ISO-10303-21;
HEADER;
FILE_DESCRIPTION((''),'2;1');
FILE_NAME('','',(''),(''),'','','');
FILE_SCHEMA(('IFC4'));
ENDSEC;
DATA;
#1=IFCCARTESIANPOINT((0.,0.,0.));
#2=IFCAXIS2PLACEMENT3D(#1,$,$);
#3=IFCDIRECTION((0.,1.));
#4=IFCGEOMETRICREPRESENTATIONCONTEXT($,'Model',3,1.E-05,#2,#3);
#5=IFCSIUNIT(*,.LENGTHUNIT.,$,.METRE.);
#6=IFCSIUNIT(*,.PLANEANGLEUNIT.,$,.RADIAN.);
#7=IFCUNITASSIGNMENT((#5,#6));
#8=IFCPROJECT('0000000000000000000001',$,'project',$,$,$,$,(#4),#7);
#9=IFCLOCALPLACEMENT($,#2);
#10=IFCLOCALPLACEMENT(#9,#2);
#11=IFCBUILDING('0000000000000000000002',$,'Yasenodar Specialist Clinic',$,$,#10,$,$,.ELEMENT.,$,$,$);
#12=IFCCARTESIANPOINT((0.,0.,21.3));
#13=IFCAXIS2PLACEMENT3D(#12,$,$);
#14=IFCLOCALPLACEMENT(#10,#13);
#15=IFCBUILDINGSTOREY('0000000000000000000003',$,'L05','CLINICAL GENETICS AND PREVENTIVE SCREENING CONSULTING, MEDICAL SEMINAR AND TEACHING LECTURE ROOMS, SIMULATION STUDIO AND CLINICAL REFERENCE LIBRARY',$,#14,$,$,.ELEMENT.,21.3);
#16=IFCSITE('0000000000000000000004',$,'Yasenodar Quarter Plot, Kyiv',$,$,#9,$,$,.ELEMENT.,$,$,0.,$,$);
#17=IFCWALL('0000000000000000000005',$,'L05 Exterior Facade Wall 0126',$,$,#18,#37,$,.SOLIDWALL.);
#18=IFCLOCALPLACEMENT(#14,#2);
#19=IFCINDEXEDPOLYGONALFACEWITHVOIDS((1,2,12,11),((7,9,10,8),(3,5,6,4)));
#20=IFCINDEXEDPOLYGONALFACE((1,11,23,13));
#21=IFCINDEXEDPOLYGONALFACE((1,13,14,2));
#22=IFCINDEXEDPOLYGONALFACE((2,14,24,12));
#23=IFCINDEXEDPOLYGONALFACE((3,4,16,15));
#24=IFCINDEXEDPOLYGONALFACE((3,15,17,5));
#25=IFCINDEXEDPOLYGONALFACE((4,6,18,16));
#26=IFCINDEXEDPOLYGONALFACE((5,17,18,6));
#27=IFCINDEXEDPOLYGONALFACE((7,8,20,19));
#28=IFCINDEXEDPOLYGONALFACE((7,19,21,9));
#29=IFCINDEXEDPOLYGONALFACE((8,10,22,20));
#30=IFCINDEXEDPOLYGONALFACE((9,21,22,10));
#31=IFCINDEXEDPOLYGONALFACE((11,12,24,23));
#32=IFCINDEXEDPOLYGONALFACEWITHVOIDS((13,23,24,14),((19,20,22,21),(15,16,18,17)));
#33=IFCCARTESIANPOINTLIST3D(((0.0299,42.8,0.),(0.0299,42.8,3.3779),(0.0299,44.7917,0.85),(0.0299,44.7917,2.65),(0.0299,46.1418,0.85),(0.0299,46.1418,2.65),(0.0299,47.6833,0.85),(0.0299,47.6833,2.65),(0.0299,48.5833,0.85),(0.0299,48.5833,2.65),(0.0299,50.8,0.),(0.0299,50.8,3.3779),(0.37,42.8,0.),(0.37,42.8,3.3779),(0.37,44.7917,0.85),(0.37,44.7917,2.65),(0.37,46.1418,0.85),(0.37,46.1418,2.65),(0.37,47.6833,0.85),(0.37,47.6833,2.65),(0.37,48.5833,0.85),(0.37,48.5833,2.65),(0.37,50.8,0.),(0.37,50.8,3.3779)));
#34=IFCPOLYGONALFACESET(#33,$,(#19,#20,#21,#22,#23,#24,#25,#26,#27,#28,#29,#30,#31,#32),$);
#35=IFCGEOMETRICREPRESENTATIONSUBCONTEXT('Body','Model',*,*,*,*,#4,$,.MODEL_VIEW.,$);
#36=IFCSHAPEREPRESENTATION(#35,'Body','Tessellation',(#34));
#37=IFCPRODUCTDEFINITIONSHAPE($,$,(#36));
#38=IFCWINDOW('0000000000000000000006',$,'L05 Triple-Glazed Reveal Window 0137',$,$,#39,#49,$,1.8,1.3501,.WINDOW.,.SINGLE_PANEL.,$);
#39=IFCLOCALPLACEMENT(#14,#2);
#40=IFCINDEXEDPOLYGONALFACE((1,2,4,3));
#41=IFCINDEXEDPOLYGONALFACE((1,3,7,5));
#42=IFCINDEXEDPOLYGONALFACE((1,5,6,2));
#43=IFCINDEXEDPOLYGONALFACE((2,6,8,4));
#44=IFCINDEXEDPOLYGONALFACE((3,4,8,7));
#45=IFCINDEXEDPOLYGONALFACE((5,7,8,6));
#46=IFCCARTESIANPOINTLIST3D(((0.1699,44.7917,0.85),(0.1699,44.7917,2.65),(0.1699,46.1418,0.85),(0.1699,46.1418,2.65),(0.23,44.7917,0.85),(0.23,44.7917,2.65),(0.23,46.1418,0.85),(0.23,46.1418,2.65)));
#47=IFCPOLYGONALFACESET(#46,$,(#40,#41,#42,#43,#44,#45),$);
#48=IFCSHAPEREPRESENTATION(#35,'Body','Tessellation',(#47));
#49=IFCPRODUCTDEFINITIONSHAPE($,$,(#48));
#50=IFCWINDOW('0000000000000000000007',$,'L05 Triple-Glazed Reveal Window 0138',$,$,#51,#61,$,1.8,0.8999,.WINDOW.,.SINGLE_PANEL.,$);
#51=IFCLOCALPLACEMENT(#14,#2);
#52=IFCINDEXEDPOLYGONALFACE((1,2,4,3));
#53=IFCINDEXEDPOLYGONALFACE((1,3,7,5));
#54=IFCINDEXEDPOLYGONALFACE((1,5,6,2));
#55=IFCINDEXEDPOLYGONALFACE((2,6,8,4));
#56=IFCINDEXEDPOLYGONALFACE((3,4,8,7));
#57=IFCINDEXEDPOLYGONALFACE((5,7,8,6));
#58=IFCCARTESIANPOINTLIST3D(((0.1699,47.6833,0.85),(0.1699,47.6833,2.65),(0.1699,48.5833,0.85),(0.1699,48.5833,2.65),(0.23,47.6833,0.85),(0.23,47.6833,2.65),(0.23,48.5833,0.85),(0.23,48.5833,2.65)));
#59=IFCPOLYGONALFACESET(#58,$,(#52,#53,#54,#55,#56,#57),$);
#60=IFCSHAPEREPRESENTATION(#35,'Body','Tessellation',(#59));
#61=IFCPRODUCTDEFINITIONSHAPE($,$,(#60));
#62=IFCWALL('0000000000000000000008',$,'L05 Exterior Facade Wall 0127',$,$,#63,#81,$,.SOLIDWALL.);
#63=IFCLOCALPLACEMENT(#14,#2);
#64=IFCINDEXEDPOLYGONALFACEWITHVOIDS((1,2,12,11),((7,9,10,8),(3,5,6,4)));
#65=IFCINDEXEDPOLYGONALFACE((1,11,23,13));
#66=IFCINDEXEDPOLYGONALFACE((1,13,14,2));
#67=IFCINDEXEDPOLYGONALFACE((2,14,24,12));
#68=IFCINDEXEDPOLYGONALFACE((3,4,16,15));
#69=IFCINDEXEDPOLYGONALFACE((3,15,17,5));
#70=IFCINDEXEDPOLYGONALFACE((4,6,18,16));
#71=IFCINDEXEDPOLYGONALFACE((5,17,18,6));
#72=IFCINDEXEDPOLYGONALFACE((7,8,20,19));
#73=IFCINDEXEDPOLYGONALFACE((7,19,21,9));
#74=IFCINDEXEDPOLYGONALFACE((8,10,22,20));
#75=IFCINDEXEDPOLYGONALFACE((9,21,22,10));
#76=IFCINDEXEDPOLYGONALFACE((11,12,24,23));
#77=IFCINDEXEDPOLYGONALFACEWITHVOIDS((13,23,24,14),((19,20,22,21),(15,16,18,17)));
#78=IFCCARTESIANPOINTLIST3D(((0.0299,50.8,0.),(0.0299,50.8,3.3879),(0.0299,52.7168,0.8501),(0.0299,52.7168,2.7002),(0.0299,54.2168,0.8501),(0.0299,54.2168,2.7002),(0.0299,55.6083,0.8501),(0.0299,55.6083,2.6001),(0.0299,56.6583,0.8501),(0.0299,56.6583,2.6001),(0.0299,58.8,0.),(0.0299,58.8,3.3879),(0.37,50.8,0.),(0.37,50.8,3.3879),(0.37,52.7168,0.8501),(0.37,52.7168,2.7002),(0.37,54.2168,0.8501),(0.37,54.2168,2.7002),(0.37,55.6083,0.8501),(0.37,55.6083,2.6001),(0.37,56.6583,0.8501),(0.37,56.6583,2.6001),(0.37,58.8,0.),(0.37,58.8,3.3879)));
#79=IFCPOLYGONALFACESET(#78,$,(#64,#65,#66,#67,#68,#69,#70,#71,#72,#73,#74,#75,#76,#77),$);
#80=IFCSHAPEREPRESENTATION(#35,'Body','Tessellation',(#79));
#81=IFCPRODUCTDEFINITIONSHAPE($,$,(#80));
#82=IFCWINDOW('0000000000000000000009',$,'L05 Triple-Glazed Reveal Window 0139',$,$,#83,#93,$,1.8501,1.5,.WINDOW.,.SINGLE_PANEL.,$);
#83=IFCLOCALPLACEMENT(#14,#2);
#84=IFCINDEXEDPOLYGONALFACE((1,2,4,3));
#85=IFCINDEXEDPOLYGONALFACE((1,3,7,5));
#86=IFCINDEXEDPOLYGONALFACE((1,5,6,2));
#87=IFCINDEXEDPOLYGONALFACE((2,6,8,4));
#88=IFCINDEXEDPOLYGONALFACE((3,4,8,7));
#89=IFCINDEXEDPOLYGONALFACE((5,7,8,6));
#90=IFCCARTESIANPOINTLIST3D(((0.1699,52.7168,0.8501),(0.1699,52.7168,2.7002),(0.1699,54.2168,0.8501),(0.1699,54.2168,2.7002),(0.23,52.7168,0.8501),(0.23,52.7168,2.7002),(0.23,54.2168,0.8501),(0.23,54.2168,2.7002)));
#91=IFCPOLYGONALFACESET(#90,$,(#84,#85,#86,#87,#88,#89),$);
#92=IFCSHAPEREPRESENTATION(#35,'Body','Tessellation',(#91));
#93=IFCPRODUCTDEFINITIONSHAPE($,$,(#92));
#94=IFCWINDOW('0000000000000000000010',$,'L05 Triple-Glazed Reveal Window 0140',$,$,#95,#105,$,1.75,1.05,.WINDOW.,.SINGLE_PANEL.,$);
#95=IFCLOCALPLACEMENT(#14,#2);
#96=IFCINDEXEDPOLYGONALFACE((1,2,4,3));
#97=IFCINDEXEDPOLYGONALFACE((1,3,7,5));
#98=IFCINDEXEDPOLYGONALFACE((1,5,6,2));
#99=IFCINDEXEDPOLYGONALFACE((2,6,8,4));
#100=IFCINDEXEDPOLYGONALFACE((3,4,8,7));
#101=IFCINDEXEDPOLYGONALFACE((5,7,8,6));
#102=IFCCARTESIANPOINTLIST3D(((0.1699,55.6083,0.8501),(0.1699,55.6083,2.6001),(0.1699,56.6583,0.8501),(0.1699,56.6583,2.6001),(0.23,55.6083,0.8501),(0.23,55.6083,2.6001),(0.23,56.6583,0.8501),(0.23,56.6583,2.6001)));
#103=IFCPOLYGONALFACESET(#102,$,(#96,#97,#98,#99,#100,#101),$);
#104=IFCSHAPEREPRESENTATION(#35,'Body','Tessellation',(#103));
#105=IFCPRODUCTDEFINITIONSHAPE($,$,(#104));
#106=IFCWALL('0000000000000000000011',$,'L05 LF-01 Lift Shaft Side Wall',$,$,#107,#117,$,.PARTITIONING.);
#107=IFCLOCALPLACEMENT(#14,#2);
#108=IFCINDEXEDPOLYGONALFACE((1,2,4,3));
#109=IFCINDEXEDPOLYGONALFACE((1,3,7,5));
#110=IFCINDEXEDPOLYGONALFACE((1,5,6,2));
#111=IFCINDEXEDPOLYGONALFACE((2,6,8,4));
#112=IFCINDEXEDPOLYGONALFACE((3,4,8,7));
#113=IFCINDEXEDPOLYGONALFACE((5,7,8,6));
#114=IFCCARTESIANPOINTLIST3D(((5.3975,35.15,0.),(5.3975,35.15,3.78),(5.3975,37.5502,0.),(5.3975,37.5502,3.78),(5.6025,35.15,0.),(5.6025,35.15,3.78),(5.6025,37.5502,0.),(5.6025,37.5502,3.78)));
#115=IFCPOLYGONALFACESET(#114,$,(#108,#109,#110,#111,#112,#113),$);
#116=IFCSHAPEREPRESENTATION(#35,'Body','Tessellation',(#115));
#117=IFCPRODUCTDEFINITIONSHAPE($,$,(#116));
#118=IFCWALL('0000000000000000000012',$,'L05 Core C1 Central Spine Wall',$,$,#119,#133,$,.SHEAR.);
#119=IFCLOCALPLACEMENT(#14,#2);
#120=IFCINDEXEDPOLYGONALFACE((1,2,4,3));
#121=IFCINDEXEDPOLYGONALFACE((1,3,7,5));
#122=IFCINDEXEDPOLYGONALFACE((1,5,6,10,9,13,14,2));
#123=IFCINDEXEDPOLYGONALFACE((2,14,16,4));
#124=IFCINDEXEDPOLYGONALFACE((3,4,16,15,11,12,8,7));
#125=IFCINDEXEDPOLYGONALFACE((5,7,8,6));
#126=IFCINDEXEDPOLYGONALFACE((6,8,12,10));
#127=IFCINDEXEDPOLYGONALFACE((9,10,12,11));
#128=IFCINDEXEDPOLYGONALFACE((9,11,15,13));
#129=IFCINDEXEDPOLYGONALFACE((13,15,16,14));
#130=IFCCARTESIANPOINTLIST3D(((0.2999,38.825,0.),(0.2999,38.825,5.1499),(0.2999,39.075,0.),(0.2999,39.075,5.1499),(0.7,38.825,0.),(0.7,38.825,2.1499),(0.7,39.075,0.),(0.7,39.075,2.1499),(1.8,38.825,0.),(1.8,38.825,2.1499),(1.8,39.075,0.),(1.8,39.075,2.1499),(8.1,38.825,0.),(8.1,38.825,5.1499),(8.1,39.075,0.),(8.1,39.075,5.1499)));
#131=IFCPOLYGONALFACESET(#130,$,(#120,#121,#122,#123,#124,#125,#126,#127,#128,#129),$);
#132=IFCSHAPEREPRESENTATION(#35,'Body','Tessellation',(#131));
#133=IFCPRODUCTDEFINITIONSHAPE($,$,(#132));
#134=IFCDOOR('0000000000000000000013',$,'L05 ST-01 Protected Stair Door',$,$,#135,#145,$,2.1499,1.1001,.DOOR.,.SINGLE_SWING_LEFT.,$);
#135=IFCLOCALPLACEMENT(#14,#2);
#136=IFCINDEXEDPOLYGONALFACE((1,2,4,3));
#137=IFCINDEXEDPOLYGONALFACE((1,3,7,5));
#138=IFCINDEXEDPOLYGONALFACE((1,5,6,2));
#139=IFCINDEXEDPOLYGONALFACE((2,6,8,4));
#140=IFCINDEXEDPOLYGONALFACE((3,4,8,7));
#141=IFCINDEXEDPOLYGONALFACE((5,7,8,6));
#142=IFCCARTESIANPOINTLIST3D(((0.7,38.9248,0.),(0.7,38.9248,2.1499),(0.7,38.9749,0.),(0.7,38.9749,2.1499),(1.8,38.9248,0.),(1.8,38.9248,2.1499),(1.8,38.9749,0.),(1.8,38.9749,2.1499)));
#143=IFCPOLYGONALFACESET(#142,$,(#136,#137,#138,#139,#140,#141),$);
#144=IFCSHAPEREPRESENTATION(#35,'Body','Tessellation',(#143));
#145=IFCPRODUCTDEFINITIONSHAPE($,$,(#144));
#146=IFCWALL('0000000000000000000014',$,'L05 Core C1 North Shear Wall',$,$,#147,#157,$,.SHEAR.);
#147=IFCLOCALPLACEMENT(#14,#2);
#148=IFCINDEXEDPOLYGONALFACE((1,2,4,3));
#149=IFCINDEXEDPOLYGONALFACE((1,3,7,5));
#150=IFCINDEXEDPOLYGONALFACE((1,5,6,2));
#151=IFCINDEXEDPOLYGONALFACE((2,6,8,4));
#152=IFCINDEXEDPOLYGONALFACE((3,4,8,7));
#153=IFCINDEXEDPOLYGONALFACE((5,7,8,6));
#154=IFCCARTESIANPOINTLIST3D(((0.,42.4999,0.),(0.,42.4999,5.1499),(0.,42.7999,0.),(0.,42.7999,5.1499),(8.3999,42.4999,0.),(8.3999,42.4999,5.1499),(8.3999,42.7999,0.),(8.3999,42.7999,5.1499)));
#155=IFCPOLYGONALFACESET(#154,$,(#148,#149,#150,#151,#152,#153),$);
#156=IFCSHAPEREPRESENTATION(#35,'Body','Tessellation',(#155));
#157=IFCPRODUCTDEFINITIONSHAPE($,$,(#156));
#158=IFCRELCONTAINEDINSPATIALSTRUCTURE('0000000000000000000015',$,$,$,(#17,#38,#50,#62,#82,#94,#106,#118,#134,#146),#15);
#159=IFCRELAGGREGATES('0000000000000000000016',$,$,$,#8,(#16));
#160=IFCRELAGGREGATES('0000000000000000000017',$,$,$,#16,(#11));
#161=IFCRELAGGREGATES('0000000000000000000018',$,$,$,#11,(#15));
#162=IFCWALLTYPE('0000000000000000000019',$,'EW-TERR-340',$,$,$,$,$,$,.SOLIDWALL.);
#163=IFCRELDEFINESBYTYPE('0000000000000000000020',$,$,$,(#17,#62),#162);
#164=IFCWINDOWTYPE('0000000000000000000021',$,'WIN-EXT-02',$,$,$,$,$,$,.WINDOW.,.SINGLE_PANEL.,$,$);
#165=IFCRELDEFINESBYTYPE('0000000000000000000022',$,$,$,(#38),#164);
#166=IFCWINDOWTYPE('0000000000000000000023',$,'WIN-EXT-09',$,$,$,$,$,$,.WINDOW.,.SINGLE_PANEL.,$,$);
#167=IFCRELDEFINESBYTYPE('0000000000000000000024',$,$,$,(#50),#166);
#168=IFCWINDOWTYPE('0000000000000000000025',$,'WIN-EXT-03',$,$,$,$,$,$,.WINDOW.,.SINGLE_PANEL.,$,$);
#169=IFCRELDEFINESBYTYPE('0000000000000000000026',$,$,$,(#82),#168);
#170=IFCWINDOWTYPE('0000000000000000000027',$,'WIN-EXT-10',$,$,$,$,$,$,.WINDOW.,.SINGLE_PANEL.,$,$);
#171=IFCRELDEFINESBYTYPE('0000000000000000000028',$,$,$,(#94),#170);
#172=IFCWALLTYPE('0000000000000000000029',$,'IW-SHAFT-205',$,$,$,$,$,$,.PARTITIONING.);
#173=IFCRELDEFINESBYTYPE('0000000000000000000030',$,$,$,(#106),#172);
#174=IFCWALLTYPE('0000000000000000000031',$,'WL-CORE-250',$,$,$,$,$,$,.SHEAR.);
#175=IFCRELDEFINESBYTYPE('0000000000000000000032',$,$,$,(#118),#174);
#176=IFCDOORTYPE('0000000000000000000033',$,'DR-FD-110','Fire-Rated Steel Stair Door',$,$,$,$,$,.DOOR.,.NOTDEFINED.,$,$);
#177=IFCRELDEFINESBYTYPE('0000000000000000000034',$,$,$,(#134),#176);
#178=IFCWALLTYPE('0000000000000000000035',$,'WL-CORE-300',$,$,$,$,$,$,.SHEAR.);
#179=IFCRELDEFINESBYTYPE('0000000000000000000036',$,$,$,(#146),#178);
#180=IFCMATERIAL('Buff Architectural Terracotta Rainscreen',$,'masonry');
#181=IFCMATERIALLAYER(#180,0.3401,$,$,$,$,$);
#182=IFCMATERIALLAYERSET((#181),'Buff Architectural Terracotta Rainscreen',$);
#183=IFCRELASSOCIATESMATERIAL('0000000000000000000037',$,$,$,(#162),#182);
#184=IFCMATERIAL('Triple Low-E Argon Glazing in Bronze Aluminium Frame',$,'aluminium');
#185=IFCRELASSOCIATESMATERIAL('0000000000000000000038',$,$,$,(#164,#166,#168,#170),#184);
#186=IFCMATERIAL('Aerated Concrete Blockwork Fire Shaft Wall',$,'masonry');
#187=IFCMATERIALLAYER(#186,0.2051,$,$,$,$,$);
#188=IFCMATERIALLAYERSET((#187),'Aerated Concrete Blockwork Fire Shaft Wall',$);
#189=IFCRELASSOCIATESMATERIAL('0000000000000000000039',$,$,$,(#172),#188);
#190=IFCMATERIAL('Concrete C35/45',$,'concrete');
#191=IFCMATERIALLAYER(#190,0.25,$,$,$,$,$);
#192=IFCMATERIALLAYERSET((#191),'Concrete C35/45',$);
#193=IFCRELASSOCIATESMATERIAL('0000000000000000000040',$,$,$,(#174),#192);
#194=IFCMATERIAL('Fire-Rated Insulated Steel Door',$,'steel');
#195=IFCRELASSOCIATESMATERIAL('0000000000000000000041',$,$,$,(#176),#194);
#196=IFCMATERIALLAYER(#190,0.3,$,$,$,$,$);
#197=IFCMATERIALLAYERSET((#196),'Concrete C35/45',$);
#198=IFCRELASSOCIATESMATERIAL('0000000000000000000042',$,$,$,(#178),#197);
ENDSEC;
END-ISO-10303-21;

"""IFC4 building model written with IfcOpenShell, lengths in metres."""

from ifc_helpers import new_model, si_unit, direction, frame, frame_2d, origin, place, context, subcontext, project, spatial, rectangle, extrude, material, layer, layer_set, type_object, element, fill, save


model = new_model("IFC4")

# Units and contexts
model_context = context("Model", 3, precision=1e-05, world=origin(), true_north=direction((0.0, 1.0)))
body_context = subcontext(model_context, "Body", "Model", "MODEL_VIEW")
ifc_project = project(units=[si_unit("LENGTHUNIT", "METRE"), si_unit("PLANEANGLEUNIT", "RADIAN")], contexts=[model_context])

# Site, building, storey
site_placement = place(None, origin())
site = spatial("IfcSite", under=ifc_project, at=site_placement, Name="Yasenodar Quarter Plot, Kyiv", CompositionType="ELEMENT", RefElevation=0.0)
building_placement = place(site_placement, origin())
building = spatial("IfcBuilding", under=site, at=building_placement, Name="Yasenodar Specialist Clinic", CompositionType="ELEMENT")
storey_placement = place(building_placement, frame((0.0, 0.0, 21.3)))
storey = spatial("IfcBuildingStorey", under=building, at=storey_placement, Name="L05", Description="CLINICAL GENETICS AND PREVENTIVE SCREENING CONSULTING, MEDICAL SEMINAR AND TEACHING LECTURE ROOMS, SIMULATION STUDIO AND CLINICAL REFERENCE LIBRARY", CompositionType="ELEMENT", Elevation=21.3)

# Walls, openings, windows
ifc_material_1 = material(Name="Buff Architectural Terracotta Rainscreen", Category="masonry")
ifc_layer_1 = layer(ifc_material_1, 0.3401)
ifc_layer_set_1 = layer_set([ifc_layer_1], Name="Buff Architectural Terracotta Rainscreen")
wall_type_1 = type_object("IfcWallType", Name="EW-TERR-340", PredefinedType="SOLIDWALL", material=ifc_layer_set_1)
wall_1_placement = place(storey_placement, frame((0.2, 42.8, 0.0), z_axis=(0.0, 0.0, 1.0), x_axis=(0.0, 1.0, 0.0)))
wall_1 = element("IfcWall", 1, at=wall_1_placement, inside=storey, type_object=wall_type_1, Name="L05 Exterior Facade Wall 0126", PredefinedType="SOLIDWALL", context=body_context, shape_type="SweptSolid", body=[
    extrude(rectangle(XDim=8.0, YDim=0.3401, at=frame_2d((4.0, 0.0))), origin(), (0.0, 0.0, 1.0), 3.3779),
])
opening_1_placement = place(wall_1_placement, frame((1.9917, 0.0, 0.8501)))
opening_1 = element("IfcOpeningElement", 2, at=opening_1_placement, cuts=wall_1, PredefinedType="OPENING", context=body_context, shape_type="SweptSolid", body=[
    extrude(rectangle(XDim=1.3501, YDim=1.8, at=frame_2d((0.675, 0.8999))), frame((0.0, 0.1802, 0.0), z_axis=(0.0, -1.0, 0.0), x_axis=(1.0, 0.0, 0.0)), (0.0, 0.0, 1.0), 0.3601),
])
opening_2_placement = place(wall_1_placement, frame((4.8833, 0.0, 0.8501)))
opening_2 = element("IfcOpeningElement", 3, at=opening_2_placement, cuts=wall_1, PredefinedType="OPENING", context=body_context, shape_type="SweptSolid", body=[
    extrude(rectangle(XDim=0.8999, YDim=1.8, at=frame_2d((0.45, 0.8999))), frame((0.0, 0.1802, 0.0), z_axis=(0.0, -1.0, 0.0), x_axis=(1.0, 0.0, 0.0)), (0.0, 0.0, 1.0), 0.3601),
])
ifc_material_2 = material(Name="Triple Low-E Argon Glazing in Bronze Aluminium Frame", Category="aluminium")
window_type_1 = type_object("IfcWindowType", Name="WIN-EXT-02", PartitioningType="SINGLE_PANEL", PredefinedType="WINDOW", material=ifc_material_2)
window_1_placement = place(opening_1_placement, origin())
window_1 = element("IfcWindow", 4, at=window_1_placement, inside=storey, type_object=window_type_1, Name="L05 Triple-Glazed Reveal Window 0137", OverallHeight=1.8, OverallWidth=1.3501, PartitioningType="SINGLE_PANEL", PredefinedType="WINDOW", context=body_context, shape_type="SweptSolid", body=[
    extrude(rectangle(XDim=1.3501, YDim=1.8, at=frame_2d((0.675, 0.8999))), frame((0.0, 0.03, 0.0), z_axis=(0.0, -1.0, 0.0), x_axis=(1.0, 0.0, 0.0)), (0.0, 0.0, 1.0), 0.0601),
])
fill(opening_1, window_1)
window_type_2 = type_object("IfcWindowType", Name="WIN-EXT-09", PartitioningType="SINGLE_PANEL", PredefinedType="WINDOW", material=ifc_material_2)
window_2_placement = place(opening_2_placement, origin())
window_2 = element("IfcWindow", 5, at=window_2_placement, inside=storey, type_object=window_type_2, Name="L05 Triple-Glazed Reveal Window 0138", OverallHeight=1.8, OverallWidth=0.8999, PartitioningType="SINGLE_PANEL", PredefinedType="WINDOW", context=body_context, shape_type="SweptSolid", body=[
    extrude(rectangle(XDim=0.8999, YDim=1.8, at=frame_2d((0.45, 0.8999))), frame((0.0, 0.03, 0.0), z_axis=(0.0, -1.0, 0.0), x_axis=(1.0, 0.0, 0.0)), (0.0, 0.0, 1.0), 0.0601),
])
fill(opening_2, window_2)
wall_2_placement = place(storey_placement, frame((0.2, 50.8, 0.0), z_axis=(0.0, 0.0, 1.0), x_axis=(0.0, 1.0, 0.0)))
wall_2 = element("IfcWall", 6, at=wall_2_placement, inside=storey, type_object=wall_type_1, Name="L05 Exterior Facade Wall 0127", PredefinedType="SOLIDWALL", context=body_context, shape_type="SweptSolid", body=[
    extrude(rectangle(XDim=8.0, YDim=0.3401, at=frame_2d((4.0, 0.0))), origin(), (0.0, 0.0, 1.0), 3.3879),
])
opening_3_placement = place(wall_2_placement, frame((1.9167, 0.0, 0.8501)))
opening_3 = element("IfcOpeningElement", 7, at=opening_3_placement, cuts=wall_2, PredefinedType="OPENING", context=body_context, shape_type="SweptSolid", body=[
    extrude(rectangle(XDim=1.5, YDim=1.8501, at=frame_2d((0.75, 0.925))), frame((0.0, 0.1802, 0.0), z_axis=(0.0, -1.0, 0.0), x_axis=(1.0, 0.0, 0.0)), (0.0, 0.0, 1.0), 0.3601),
])
opening_4_placement = place(wall_2_placement, frame((4.8083, 0.0, 0.8501)))
opening_4 = element("IfcOpeningElement", 8, at=opening_4_placement, cuts=wall_2, PredefinedType="OPENING", context=body_context, shape_type="SweptSolid", body=[
    extrude(rectangle(XDim=1.05, YDim=1.75, at=frame_2d((0.5249, 0.875))), frame((0.0, 0.1802, 0.0), z_axis=(0.0, -1.0, 0.0), x_axis=(1.0, 0.0, 0.0)), (0.0, 0.0, 1.0), 0.3601),
])
window_type_3 = type_object("IfcWindowType", Name="WIN-EXT-03", PartitioningType="SINGLE_PANEL", PredefinedType="WINDOW", material=ifc_material_2)
window_3_placement = place(opening_3_placement, origin())
window_3 = element("IfcWindow", 9, at=window_3_placement, inside=storey, type_object=window_type_3, Name="L05 Triple-Glazed Reveal Window 0139", OverallHeight=1.8501, OverallWidth=1.5, PartitioningType="SINGLE_PANEL", PredefinedType="WINDOW", context=body_context, shape_type="SweptSolid", body=[
    extrude(rectangle(XDim=1.5, YDim=1.8501, at=frame_2d((0.75, 0.925))), frame((0.0, 0.03, 0.0), z_axis=(0.0, -1.0, 0.0), x_axis=(1.0, 0.0, 0.0)), (0.0, 0.0, 1.0), 0.0601),
])
fill(opening_3, window_3)
window_type_4 = type_object("IfcWindowType", Name="WIN-EXT-10", PartitioningType="SINGLE_PANEL", PredefinedType="WINDOW", material=ifc_material_2)
window_4_placement = place(opening_4_placement, origin())
window_4 = element("IfcWindow", 10, at=window_4_placement, inside=storey, type_object=window_type_4, Name="L05 Triple-Glazed Reveal Window 0140", OverallHeight=1.75, OverallWidth=1.05, PartitioningType="SINGLE_PANEL", PredefinedType="WINDOW", context=body_context, shape_type="SweptSolid", body=[
    extrude(rectangle(XDim=1.05, YDim=1.75, at=frame_2d((0.5249, 0.875))), frame((0.0, 0.03, 0.0), z_axis=(0.0, -1.0, 0.0), x_axis=(1.0, 0.0, 0.0)), (0.0, 0.0, 1.0), 0.0601),
])
fill(opening_4, window_4)

# Shared definitions
ifc_material_3 = material(Name="Fire-Rated Insulated Steel Door", Category="steel")

# Wall
ifc_material_4 = material(Name="Aerated Concrete Blockwork Fire Shaft Wall", Category="masonry")
ifc_layer_2 = layer(ifc_material_4, 0.2051)
ifc_layer_set_2 = layer_set([ifc_layer_2], Name="Aerated Concrete Blockwork Fire Shaft Wall")
wall_type_2 = type_object("IfcWallType", Name="IW-SHAFT-205", PredefinedType="PARTITIONING", material=ifc_layer_set_2)
wall_3_placement = place(storey_placement, frame((5.5, 35.1499, 0.0), z_axis=(0.0, 0.0, 1.0), x_axis=(0.0, 1.0, 0.0)))
element("IfcWall", 11, at=wall_3_placement, inside=storey, type_object=wall_type_2, Name="L05 LF-01 Lift Shaft Side Wall", PredefinedType="PARTITIONING", context=body_context, shape_type="SweptSolid", body=[
    extrude(rectangle(XDim=2.4001, YDim=0.2051, at=frame_2d((1.2002, 0.0))), origin(), (0.0, 0.0, 1.0), 3.78),
])

# Wall, opening, door
ifc_material_5 = material(Name="Concrete C35/45", Category="concrete")
ifc_layer_3 = layer(ifc_material_5, 0.25)
ifc_layer_set_3 = layer_set([ifc_layer_3], Name="Concrete C35/45")
wall_type_3 = type_object("IfcWallType", Name="WL-CORE-250", PredefinedType="SHEAR", material=ifc_layer_set_3)
wall_4_placement = place(storey_placement, frame((0.3, 38.95, 0.0), z_axis=(0.0, 0.0, 1.0), x_axis=(1.0, 0.0, 0.0)))
wall_4 = element("IfcWall", 12, at=wall_4_placement, inside=storey, type_object=wall_type_3, Name="L05 Core C1 Central Spine Wall", PredefinedType="SHEAR", context=body_context, shape_type="SweptSolid", body=[
    extrude(rectangle(XDim=7.8, YDim=0.25, at=frame_2d((3.8999, 0.0))), origin(), (0.0, 0.0, 1.0), 5.1499),
])
opening_5_placement = place(wall_4_placement, frame((0.3999, 0.0, 0.0)))
opening_5 = element("IfcOpeningElement", 13, at=opening_5_placement, cuts=wall_4, PredefinedType="OPENING", context=body_context, shape_type="SweptSolid", body=[
    extrude(rectangle(XDim=1.1001, YDim=2.1499, at=frame_2d((0.55, 1.075))), frame((0.0, 0.135, 0.0), z_axis=(0.0, -1.0, 0.0), x_axis=(1.0, 0.0, 0.0)), (0.0, 0.0, 1.0), 0.27),
])
door_type_1 = type_object("IfcDoorType", Name="DR-FD-110", Description="Fire-Rated Steel Stair Door", OperationType="NOTDEFINED", PredefinedType="DOOR", material=ifc_material_3)
door_1_placement = place(opening_5_placement, origin())
door_1 = element("IfcDoor", 14, at=door_1_placement, inside=storey, type_object=door_type_1, Name="L05 ST-01 Protected Stair Door", OperationType="SINGLE_SWING_LEFT", OverallHeight=2.1499, OverallWidth=1.1001, PredefinedType="DOOR", context=body_context, shape_type="SweptSolid", body=[
    extrude(rectangle(XDim=1.1001, YDim=2.1499, at=frame_2d((0.55, 1.075))), frame((0.0, 0.0249, 0.0), z_axis=(0.0, -1.0, 0.0), x_axis=(1.0, 0.0, 0.0)), (0.0, 0.0, 1.0), 0.05),
])
fill(opening_5, door_1)

# Wall
ifc_layer_4 = layer(ifc_material_5, 0.3)
ifc_layer_set_4 = layer_set([ifc_layer_4], Name="Concrete C35/45")
wall_type_4 = type_object("IfcWallType", Name="WL-CORE-300", PredefinedType="SHEAR", material=ifc_layer_set_4)
for number, where, z_axis, x_axis, name in (
    (15, (0.0, 42.6499, 0.0), (0.0, 0.0, 1.0), (1.0, 0.0, 0.0), "L05 Core C1 North Shear Wall"),
):
    element("IfcWall", number, at=place(storey_placement, frame(where, z_axis=z_axis, x_axis=x_axis)), inside=storey, type_object=wall_type_4, Name=name, PredefinedType="SHEAR", context=body_context, shape_type="SweptSolid", body=[
        extrude(rectangle(XDim=8.3999, YDim=0.3, at=frame_2d((4.2, 0.0))), origin(), (0.0, 0.0, 1.0), 5.1499),
    ])

save(model, "model.ifc")
